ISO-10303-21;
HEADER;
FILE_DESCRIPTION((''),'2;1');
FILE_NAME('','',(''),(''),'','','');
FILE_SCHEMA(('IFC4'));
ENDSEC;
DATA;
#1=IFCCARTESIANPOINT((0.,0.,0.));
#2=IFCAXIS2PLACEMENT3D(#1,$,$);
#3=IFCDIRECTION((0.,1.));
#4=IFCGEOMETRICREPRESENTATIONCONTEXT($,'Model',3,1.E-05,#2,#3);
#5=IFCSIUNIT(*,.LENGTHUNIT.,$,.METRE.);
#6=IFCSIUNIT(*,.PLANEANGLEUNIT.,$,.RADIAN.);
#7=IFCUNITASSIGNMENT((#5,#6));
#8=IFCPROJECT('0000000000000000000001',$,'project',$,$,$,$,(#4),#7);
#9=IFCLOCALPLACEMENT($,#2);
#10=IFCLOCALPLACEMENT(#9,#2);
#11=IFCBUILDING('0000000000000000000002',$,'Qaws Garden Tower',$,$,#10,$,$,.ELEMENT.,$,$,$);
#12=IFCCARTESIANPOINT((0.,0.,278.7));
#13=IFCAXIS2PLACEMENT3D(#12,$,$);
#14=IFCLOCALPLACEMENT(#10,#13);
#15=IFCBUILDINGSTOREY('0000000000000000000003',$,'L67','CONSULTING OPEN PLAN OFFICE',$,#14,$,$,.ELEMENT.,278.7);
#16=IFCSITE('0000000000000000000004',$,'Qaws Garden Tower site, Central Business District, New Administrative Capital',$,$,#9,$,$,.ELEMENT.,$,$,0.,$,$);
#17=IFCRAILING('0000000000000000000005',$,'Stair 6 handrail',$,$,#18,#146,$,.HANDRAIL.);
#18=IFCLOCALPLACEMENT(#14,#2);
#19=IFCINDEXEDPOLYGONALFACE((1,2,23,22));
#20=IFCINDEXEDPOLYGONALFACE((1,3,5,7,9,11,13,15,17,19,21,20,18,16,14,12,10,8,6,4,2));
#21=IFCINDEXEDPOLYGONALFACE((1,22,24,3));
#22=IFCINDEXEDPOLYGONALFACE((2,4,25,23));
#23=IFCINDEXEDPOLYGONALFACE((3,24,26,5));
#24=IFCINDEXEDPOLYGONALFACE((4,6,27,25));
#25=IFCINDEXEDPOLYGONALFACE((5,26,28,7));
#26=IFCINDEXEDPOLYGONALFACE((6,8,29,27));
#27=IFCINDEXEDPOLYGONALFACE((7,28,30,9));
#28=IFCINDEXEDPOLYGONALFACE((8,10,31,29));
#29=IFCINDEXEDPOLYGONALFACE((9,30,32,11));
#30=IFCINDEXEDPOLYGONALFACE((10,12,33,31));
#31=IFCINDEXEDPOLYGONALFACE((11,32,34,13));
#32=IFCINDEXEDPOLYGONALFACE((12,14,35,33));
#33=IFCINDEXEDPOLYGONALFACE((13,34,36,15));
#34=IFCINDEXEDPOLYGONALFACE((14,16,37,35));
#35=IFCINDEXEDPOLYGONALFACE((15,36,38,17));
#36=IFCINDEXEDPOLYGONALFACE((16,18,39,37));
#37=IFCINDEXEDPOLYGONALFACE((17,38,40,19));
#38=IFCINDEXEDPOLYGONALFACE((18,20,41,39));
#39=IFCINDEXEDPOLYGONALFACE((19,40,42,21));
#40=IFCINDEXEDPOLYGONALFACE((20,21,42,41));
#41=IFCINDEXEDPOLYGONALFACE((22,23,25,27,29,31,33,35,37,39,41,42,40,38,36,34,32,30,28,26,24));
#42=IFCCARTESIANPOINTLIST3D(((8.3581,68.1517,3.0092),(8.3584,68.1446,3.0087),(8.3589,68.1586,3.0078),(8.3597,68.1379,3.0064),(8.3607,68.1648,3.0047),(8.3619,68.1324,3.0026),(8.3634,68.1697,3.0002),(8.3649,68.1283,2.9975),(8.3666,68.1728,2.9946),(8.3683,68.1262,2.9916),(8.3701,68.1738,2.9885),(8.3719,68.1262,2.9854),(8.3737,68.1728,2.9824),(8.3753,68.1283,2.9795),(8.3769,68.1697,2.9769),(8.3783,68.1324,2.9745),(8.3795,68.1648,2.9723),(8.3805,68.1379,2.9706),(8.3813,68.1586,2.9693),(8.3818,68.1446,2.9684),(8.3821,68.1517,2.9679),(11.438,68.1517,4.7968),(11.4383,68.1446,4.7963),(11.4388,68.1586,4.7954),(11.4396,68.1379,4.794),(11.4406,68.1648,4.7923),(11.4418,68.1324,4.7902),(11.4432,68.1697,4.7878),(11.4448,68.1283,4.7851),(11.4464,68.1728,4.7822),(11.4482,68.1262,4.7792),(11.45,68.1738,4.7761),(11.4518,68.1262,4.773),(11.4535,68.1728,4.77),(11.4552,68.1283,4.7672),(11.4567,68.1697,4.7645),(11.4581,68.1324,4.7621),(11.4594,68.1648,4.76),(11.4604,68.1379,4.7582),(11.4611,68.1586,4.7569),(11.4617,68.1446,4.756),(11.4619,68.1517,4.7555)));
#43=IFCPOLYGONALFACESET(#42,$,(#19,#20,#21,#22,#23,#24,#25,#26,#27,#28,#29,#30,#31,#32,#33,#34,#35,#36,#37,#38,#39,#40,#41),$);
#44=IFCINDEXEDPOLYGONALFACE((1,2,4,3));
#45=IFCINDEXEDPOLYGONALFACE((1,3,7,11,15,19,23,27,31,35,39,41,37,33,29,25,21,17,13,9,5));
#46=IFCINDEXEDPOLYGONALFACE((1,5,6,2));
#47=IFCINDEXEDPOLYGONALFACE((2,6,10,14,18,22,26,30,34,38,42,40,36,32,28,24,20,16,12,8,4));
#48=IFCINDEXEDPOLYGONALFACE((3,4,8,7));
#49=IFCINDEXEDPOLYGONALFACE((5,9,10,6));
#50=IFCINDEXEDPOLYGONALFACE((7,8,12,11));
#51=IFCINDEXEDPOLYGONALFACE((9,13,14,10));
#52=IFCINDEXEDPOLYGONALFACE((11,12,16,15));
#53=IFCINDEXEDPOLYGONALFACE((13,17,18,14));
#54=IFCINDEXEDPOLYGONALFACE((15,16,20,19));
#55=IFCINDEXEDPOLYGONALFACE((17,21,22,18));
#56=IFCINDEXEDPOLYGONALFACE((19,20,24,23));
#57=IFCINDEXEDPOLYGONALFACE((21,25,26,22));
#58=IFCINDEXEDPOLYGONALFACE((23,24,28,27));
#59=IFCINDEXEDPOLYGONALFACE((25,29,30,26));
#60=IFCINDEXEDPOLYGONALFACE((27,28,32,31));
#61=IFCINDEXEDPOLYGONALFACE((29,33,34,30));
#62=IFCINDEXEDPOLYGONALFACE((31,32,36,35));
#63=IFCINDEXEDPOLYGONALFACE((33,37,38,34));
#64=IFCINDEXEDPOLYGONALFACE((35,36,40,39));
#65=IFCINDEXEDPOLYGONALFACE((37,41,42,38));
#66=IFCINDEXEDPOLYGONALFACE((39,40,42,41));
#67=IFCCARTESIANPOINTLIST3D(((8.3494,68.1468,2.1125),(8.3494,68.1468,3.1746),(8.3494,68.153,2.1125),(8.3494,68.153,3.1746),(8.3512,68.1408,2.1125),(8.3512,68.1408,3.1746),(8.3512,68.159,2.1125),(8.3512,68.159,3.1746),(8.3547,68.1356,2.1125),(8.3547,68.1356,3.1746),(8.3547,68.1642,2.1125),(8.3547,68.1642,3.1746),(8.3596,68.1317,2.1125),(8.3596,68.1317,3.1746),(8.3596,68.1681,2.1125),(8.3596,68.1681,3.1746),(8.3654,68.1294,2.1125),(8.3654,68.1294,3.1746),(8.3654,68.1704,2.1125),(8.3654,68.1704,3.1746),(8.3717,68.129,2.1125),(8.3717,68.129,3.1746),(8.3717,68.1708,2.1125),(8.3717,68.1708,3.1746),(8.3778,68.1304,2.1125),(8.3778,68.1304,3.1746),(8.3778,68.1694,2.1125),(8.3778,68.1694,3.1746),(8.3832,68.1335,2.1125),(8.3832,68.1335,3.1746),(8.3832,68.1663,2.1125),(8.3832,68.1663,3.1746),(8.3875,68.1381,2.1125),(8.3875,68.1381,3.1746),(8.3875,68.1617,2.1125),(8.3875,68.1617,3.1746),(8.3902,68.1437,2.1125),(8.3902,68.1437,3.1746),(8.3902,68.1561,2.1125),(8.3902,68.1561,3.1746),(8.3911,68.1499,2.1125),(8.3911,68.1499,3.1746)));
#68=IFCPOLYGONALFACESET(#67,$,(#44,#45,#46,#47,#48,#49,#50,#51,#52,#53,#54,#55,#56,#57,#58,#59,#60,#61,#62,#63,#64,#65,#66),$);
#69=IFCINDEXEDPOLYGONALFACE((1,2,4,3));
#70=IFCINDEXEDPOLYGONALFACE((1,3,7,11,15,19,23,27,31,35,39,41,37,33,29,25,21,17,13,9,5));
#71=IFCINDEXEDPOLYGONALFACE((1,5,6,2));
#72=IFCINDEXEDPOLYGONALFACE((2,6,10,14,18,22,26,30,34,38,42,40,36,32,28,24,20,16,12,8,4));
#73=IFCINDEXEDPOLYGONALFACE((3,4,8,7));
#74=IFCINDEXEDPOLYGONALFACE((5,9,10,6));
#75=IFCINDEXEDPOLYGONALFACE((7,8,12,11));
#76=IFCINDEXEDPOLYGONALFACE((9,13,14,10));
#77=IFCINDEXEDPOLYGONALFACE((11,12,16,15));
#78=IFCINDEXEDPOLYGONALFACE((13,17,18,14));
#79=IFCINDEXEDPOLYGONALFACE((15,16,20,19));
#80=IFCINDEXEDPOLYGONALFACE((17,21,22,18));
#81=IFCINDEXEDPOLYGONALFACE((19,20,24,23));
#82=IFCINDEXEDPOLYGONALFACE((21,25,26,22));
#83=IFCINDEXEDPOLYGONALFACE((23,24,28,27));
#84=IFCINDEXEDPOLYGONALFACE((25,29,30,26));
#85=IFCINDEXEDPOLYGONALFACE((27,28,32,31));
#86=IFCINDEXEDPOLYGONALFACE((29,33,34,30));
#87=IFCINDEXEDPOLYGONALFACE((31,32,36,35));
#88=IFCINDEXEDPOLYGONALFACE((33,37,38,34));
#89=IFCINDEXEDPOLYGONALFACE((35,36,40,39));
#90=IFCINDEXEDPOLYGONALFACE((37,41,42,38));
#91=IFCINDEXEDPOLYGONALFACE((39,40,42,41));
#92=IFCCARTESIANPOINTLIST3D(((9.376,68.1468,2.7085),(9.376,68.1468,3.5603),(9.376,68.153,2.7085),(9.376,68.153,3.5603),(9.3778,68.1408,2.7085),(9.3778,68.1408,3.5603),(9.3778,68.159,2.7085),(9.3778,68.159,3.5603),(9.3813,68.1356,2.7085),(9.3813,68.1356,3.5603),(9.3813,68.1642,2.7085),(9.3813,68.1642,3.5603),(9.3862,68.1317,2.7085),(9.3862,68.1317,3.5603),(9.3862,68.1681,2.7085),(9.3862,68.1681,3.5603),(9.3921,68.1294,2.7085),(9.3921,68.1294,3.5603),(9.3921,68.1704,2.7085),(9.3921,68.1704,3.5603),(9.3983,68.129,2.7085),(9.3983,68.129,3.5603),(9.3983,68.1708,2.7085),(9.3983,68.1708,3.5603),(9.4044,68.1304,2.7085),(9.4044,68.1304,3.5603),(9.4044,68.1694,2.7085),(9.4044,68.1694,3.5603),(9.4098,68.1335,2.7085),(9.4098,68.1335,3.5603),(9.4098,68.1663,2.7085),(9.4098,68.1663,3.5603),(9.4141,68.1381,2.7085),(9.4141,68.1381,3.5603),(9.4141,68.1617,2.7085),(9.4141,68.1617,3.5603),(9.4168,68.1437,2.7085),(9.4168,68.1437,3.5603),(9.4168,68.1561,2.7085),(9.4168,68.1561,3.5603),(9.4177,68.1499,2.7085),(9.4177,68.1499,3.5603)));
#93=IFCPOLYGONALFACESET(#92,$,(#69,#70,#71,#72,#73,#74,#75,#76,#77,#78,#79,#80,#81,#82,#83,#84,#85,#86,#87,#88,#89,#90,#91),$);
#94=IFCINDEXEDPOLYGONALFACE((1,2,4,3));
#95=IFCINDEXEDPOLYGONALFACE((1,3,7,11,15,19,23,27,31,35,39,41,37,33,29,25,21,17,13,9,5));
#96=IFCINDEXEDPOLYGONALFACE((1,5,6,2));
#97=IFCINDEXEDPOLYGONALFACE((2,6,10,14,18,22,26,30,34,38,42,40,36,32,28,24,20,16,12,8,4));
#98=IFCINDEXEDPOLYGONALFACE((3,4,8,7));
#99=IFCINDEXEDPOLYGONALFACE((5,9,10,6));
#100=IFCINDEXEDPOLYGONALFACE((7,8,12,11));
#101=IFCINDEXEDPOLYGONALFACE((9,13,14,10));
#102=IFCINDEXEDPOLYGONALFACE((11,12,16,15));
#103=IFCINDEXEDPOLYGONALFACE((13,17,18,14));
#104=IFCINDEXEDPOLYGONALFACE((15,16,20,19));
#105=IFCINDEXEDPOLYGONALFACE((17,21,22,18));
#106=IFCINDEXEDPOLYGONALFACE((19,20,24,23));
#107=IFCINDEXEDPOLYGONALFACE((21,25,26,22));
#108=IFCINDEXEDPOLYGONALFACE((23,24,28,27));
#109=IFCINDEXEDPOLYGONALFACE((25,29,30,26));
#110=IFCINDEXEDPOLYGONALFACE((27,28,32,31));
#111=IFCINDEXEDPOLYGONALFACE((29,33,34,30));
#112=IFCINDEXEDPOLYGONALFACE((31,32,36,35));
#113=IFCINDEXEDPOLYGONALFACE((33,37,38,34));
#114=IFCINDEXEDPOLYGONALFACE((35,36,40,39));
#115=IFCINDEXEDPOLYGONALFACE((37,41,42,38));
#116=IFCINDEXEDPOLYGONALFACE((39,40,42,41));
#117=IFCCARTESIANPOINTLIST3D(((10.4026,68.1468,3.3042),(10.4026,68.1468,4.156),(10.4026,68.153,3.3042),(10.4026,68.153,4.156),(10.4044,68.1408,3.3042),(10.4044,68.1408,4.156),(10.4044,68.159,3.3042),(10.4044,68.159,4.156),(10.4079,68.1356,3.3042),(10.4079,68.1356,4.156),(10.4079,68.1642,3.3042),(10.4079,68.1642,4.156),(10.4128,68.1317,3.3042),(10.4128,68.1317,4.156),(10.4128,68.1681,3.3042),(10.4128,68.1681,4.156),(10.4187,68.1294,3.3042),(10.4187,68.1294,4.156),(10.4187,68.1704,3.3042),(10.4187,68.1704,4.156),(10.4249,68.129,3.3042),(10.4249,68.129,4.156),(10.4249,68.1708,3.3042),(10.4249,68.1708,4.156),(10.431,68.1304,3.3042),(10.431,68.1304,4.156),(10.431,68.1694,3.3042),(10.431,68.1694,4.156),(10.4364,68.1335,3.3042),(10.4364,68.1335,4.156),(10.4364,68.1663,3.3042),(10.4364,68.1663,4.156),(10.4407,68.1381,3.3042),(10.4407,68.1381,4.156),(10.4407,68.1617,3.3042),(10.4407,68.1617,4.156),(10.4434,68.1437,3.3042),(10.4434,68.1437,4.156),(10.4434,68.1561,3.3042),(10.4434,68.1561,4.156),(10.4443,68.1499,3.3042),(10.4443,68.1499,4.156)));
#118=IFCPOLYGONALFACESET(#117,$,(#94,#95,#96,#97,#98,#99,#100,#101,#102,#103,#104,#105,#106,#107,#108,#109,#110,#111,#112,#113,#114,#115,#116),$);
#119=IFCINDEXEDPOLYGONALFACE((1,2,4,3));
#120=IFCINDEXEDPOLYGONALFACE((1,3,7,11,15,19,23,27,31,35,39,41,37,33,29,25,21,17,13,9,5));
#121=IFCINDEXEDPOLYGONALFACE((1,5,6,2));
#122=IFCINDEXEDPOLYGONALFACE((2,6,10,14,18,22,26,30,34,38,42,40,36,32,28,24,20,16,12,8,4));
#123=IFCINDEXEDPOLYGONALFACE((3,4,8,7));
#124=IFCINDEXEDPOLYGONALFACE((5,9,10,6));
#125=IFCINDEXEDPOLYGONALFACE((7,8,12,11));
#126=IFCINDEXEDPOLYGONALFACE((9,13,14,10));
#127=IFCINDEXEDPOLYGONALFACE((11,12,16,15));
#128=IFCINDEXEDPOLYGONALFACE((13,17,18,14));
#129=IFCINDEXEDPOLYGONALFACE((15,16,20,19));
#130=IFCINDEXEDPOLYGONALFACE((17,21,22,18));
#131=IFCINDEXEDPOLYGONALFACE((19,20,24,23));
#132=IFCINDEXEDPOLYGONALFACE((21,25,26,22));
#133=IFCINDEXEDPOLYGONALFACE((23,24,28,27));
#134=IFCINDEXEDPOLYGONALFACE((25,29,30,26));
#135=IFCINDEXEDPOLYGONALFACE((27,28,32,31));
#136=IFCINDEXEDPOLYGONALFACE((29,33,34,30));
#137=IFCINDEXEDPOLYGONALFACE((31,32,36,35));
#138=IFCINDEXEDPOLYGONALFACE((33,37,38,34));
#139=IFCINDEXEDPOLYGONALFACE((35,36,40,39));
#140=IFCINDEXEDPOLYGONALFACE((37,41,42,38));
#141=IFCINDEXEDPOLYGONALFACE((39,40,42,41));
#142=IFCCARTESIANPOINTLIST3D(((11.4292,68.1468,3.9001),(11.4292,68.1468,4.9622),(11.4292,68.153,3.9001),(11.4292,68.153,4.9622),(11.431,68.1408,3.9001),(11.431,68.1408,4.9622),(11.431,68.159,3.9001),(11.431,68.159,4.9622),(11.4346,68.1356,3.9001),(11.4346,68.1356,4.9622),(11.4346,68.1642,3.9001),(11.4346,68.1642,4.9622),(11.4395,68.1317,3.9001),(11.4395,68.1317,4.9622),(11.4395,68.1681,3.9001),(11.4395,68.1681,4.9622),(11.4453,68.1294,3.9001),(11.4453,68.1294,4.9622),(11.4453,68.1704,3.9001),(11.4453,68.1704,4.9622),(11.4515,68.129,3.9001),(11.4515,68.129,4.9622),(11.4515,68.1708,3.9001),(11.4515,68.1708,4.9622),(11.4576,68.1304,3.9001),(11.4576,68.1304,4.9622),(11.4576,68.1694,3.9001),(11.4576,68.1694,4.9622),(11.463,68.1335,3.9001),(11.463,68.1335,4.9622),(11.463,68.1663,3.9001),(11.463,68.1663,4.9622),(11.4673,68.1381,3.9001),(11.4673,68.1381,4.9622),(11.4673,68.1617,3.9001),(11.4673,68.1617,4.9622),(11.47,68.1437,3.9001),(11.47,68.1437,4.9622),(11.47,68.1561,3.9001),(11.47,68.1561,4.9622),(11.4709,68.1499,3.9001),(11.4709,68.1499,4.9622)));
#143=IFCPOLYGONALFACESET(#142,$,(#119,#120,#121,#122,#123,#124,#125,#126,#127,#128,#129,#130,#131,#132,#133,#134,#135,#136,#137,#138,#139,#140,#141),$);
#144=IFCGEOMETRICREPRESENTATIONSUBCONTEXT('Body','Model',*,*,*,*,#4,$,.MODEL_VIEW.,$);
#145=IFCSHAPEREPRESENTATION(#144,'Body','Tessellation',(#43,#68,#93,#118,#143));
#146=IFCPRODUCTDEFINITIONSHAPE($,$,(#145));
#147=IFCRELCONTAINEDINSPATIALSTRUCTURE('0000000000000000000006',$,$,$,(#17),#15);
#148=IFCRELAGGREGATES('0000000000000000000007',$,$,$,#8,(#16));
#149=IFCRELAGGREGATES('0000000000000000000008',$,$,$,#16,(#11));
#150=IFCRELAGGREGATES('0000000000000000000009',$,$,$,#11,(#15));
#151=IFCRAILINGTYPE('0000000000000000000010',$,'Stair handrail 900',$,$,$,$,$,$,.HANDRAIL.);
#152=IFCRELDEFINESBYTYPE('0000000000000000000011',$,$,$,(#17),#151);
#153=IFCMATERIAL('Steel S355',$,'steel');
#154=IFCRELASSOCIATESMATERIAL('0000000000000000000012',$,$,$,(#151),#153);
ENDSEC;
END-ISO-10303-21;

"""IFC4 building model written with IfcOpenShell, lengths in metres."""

from ifc_helpers import new_model, si_unit, direction, frame, origin, origin_2d, place, context, subcontext, project, spatial, circle, extrude, material, type_object, element, save


model = new_model("IFC4")

# Units and contexts
model_context = context("Model", 3, precision=1e-05, world=origin(), true_north=direction((0.0, 1.0)))
body_context = subcontext(model_context, "Body", "Model", "MODEL_VIEW")
ifc_project = project(units=[si_unit("LENGTHUNIT", "METRE"), si_unit("PLANEANGLEUNIT", "RADIAN")], contexts=[model_context])

# Site, building, storey
site_placement = place(None, origin())
site = spatial("IfcSite", under=ifc_project, at=site_placement, Name="Qaws Garden Tower site, Central Business District, New Administrative Capital", CompositionType="ELEMENT", RefElevation=0.0)
building_placement = place(site_placement, origin())
building = spatial("IfcBuilding", under=site, at=building_placement, Name="Qaws Garden Tower", CompositionType="ELEMENT")
storey_placement = place(building_placement, frame((0.0, 0.0, 278.7)))
storey = spatial("IfcBuildingStorey", under=building, at=storey_placement, Name="L67", Description="CONSULTING OPEN PLAN OFFICE", CompositionType="ELEMENT", Elevation=278.7)

# Railing
ifc_material_1 = material(Name="Steel S355", Category="steel")
railing_type = type_object("IfcRailingType", Name="Stair handrail 900", PredefinedType="HANDRAIL", material=ifc_material_1)
railing_1_placement = place(storey_placement, frame((8.3701, 68.1499, 2.1125)))
element("IfcRailing", 1, at=railing_1_placement, inside=storey, type_object=railing_type, Name="Stair 6 handrail", PredefinedType="HANDRAIL", context=body_context, shape_type="SweptSolid", body=[
    extrude(circle(Radius=0.0239, at=origin_2d()), frame((0.0, 0.0, 0.876), z_axis=(0.864873, 0.0, 0.50199), x_axis=(0.0, 1.0, 0.0)), (0.0, 0.0, 1.0), 3.561),
    extrude(circle(Radius=0.021, at=origin_2d()), origin(), (0.0, 0.0, 1.0), 1.062),
    extrude(circle(Radius=0.021, at=origin_2d()), frame((1.0266, 0.0, 0.5959)), (0.0, 0.0, 1.0), 0.8518),
    extrude(circle(Radius=0.021, at=origin_2d()), frame((2.0532, 0.0, 1.1917)), (0.0, 0.0, 1.0), 0.8518),
    extrude(circle(Radius=0.021, at=origin_2d()), frame((3.0798, 0.0, 1.7876)), (0.0, 0.0, 1.0), 1.062),
])

save(model, "model.ifc")
